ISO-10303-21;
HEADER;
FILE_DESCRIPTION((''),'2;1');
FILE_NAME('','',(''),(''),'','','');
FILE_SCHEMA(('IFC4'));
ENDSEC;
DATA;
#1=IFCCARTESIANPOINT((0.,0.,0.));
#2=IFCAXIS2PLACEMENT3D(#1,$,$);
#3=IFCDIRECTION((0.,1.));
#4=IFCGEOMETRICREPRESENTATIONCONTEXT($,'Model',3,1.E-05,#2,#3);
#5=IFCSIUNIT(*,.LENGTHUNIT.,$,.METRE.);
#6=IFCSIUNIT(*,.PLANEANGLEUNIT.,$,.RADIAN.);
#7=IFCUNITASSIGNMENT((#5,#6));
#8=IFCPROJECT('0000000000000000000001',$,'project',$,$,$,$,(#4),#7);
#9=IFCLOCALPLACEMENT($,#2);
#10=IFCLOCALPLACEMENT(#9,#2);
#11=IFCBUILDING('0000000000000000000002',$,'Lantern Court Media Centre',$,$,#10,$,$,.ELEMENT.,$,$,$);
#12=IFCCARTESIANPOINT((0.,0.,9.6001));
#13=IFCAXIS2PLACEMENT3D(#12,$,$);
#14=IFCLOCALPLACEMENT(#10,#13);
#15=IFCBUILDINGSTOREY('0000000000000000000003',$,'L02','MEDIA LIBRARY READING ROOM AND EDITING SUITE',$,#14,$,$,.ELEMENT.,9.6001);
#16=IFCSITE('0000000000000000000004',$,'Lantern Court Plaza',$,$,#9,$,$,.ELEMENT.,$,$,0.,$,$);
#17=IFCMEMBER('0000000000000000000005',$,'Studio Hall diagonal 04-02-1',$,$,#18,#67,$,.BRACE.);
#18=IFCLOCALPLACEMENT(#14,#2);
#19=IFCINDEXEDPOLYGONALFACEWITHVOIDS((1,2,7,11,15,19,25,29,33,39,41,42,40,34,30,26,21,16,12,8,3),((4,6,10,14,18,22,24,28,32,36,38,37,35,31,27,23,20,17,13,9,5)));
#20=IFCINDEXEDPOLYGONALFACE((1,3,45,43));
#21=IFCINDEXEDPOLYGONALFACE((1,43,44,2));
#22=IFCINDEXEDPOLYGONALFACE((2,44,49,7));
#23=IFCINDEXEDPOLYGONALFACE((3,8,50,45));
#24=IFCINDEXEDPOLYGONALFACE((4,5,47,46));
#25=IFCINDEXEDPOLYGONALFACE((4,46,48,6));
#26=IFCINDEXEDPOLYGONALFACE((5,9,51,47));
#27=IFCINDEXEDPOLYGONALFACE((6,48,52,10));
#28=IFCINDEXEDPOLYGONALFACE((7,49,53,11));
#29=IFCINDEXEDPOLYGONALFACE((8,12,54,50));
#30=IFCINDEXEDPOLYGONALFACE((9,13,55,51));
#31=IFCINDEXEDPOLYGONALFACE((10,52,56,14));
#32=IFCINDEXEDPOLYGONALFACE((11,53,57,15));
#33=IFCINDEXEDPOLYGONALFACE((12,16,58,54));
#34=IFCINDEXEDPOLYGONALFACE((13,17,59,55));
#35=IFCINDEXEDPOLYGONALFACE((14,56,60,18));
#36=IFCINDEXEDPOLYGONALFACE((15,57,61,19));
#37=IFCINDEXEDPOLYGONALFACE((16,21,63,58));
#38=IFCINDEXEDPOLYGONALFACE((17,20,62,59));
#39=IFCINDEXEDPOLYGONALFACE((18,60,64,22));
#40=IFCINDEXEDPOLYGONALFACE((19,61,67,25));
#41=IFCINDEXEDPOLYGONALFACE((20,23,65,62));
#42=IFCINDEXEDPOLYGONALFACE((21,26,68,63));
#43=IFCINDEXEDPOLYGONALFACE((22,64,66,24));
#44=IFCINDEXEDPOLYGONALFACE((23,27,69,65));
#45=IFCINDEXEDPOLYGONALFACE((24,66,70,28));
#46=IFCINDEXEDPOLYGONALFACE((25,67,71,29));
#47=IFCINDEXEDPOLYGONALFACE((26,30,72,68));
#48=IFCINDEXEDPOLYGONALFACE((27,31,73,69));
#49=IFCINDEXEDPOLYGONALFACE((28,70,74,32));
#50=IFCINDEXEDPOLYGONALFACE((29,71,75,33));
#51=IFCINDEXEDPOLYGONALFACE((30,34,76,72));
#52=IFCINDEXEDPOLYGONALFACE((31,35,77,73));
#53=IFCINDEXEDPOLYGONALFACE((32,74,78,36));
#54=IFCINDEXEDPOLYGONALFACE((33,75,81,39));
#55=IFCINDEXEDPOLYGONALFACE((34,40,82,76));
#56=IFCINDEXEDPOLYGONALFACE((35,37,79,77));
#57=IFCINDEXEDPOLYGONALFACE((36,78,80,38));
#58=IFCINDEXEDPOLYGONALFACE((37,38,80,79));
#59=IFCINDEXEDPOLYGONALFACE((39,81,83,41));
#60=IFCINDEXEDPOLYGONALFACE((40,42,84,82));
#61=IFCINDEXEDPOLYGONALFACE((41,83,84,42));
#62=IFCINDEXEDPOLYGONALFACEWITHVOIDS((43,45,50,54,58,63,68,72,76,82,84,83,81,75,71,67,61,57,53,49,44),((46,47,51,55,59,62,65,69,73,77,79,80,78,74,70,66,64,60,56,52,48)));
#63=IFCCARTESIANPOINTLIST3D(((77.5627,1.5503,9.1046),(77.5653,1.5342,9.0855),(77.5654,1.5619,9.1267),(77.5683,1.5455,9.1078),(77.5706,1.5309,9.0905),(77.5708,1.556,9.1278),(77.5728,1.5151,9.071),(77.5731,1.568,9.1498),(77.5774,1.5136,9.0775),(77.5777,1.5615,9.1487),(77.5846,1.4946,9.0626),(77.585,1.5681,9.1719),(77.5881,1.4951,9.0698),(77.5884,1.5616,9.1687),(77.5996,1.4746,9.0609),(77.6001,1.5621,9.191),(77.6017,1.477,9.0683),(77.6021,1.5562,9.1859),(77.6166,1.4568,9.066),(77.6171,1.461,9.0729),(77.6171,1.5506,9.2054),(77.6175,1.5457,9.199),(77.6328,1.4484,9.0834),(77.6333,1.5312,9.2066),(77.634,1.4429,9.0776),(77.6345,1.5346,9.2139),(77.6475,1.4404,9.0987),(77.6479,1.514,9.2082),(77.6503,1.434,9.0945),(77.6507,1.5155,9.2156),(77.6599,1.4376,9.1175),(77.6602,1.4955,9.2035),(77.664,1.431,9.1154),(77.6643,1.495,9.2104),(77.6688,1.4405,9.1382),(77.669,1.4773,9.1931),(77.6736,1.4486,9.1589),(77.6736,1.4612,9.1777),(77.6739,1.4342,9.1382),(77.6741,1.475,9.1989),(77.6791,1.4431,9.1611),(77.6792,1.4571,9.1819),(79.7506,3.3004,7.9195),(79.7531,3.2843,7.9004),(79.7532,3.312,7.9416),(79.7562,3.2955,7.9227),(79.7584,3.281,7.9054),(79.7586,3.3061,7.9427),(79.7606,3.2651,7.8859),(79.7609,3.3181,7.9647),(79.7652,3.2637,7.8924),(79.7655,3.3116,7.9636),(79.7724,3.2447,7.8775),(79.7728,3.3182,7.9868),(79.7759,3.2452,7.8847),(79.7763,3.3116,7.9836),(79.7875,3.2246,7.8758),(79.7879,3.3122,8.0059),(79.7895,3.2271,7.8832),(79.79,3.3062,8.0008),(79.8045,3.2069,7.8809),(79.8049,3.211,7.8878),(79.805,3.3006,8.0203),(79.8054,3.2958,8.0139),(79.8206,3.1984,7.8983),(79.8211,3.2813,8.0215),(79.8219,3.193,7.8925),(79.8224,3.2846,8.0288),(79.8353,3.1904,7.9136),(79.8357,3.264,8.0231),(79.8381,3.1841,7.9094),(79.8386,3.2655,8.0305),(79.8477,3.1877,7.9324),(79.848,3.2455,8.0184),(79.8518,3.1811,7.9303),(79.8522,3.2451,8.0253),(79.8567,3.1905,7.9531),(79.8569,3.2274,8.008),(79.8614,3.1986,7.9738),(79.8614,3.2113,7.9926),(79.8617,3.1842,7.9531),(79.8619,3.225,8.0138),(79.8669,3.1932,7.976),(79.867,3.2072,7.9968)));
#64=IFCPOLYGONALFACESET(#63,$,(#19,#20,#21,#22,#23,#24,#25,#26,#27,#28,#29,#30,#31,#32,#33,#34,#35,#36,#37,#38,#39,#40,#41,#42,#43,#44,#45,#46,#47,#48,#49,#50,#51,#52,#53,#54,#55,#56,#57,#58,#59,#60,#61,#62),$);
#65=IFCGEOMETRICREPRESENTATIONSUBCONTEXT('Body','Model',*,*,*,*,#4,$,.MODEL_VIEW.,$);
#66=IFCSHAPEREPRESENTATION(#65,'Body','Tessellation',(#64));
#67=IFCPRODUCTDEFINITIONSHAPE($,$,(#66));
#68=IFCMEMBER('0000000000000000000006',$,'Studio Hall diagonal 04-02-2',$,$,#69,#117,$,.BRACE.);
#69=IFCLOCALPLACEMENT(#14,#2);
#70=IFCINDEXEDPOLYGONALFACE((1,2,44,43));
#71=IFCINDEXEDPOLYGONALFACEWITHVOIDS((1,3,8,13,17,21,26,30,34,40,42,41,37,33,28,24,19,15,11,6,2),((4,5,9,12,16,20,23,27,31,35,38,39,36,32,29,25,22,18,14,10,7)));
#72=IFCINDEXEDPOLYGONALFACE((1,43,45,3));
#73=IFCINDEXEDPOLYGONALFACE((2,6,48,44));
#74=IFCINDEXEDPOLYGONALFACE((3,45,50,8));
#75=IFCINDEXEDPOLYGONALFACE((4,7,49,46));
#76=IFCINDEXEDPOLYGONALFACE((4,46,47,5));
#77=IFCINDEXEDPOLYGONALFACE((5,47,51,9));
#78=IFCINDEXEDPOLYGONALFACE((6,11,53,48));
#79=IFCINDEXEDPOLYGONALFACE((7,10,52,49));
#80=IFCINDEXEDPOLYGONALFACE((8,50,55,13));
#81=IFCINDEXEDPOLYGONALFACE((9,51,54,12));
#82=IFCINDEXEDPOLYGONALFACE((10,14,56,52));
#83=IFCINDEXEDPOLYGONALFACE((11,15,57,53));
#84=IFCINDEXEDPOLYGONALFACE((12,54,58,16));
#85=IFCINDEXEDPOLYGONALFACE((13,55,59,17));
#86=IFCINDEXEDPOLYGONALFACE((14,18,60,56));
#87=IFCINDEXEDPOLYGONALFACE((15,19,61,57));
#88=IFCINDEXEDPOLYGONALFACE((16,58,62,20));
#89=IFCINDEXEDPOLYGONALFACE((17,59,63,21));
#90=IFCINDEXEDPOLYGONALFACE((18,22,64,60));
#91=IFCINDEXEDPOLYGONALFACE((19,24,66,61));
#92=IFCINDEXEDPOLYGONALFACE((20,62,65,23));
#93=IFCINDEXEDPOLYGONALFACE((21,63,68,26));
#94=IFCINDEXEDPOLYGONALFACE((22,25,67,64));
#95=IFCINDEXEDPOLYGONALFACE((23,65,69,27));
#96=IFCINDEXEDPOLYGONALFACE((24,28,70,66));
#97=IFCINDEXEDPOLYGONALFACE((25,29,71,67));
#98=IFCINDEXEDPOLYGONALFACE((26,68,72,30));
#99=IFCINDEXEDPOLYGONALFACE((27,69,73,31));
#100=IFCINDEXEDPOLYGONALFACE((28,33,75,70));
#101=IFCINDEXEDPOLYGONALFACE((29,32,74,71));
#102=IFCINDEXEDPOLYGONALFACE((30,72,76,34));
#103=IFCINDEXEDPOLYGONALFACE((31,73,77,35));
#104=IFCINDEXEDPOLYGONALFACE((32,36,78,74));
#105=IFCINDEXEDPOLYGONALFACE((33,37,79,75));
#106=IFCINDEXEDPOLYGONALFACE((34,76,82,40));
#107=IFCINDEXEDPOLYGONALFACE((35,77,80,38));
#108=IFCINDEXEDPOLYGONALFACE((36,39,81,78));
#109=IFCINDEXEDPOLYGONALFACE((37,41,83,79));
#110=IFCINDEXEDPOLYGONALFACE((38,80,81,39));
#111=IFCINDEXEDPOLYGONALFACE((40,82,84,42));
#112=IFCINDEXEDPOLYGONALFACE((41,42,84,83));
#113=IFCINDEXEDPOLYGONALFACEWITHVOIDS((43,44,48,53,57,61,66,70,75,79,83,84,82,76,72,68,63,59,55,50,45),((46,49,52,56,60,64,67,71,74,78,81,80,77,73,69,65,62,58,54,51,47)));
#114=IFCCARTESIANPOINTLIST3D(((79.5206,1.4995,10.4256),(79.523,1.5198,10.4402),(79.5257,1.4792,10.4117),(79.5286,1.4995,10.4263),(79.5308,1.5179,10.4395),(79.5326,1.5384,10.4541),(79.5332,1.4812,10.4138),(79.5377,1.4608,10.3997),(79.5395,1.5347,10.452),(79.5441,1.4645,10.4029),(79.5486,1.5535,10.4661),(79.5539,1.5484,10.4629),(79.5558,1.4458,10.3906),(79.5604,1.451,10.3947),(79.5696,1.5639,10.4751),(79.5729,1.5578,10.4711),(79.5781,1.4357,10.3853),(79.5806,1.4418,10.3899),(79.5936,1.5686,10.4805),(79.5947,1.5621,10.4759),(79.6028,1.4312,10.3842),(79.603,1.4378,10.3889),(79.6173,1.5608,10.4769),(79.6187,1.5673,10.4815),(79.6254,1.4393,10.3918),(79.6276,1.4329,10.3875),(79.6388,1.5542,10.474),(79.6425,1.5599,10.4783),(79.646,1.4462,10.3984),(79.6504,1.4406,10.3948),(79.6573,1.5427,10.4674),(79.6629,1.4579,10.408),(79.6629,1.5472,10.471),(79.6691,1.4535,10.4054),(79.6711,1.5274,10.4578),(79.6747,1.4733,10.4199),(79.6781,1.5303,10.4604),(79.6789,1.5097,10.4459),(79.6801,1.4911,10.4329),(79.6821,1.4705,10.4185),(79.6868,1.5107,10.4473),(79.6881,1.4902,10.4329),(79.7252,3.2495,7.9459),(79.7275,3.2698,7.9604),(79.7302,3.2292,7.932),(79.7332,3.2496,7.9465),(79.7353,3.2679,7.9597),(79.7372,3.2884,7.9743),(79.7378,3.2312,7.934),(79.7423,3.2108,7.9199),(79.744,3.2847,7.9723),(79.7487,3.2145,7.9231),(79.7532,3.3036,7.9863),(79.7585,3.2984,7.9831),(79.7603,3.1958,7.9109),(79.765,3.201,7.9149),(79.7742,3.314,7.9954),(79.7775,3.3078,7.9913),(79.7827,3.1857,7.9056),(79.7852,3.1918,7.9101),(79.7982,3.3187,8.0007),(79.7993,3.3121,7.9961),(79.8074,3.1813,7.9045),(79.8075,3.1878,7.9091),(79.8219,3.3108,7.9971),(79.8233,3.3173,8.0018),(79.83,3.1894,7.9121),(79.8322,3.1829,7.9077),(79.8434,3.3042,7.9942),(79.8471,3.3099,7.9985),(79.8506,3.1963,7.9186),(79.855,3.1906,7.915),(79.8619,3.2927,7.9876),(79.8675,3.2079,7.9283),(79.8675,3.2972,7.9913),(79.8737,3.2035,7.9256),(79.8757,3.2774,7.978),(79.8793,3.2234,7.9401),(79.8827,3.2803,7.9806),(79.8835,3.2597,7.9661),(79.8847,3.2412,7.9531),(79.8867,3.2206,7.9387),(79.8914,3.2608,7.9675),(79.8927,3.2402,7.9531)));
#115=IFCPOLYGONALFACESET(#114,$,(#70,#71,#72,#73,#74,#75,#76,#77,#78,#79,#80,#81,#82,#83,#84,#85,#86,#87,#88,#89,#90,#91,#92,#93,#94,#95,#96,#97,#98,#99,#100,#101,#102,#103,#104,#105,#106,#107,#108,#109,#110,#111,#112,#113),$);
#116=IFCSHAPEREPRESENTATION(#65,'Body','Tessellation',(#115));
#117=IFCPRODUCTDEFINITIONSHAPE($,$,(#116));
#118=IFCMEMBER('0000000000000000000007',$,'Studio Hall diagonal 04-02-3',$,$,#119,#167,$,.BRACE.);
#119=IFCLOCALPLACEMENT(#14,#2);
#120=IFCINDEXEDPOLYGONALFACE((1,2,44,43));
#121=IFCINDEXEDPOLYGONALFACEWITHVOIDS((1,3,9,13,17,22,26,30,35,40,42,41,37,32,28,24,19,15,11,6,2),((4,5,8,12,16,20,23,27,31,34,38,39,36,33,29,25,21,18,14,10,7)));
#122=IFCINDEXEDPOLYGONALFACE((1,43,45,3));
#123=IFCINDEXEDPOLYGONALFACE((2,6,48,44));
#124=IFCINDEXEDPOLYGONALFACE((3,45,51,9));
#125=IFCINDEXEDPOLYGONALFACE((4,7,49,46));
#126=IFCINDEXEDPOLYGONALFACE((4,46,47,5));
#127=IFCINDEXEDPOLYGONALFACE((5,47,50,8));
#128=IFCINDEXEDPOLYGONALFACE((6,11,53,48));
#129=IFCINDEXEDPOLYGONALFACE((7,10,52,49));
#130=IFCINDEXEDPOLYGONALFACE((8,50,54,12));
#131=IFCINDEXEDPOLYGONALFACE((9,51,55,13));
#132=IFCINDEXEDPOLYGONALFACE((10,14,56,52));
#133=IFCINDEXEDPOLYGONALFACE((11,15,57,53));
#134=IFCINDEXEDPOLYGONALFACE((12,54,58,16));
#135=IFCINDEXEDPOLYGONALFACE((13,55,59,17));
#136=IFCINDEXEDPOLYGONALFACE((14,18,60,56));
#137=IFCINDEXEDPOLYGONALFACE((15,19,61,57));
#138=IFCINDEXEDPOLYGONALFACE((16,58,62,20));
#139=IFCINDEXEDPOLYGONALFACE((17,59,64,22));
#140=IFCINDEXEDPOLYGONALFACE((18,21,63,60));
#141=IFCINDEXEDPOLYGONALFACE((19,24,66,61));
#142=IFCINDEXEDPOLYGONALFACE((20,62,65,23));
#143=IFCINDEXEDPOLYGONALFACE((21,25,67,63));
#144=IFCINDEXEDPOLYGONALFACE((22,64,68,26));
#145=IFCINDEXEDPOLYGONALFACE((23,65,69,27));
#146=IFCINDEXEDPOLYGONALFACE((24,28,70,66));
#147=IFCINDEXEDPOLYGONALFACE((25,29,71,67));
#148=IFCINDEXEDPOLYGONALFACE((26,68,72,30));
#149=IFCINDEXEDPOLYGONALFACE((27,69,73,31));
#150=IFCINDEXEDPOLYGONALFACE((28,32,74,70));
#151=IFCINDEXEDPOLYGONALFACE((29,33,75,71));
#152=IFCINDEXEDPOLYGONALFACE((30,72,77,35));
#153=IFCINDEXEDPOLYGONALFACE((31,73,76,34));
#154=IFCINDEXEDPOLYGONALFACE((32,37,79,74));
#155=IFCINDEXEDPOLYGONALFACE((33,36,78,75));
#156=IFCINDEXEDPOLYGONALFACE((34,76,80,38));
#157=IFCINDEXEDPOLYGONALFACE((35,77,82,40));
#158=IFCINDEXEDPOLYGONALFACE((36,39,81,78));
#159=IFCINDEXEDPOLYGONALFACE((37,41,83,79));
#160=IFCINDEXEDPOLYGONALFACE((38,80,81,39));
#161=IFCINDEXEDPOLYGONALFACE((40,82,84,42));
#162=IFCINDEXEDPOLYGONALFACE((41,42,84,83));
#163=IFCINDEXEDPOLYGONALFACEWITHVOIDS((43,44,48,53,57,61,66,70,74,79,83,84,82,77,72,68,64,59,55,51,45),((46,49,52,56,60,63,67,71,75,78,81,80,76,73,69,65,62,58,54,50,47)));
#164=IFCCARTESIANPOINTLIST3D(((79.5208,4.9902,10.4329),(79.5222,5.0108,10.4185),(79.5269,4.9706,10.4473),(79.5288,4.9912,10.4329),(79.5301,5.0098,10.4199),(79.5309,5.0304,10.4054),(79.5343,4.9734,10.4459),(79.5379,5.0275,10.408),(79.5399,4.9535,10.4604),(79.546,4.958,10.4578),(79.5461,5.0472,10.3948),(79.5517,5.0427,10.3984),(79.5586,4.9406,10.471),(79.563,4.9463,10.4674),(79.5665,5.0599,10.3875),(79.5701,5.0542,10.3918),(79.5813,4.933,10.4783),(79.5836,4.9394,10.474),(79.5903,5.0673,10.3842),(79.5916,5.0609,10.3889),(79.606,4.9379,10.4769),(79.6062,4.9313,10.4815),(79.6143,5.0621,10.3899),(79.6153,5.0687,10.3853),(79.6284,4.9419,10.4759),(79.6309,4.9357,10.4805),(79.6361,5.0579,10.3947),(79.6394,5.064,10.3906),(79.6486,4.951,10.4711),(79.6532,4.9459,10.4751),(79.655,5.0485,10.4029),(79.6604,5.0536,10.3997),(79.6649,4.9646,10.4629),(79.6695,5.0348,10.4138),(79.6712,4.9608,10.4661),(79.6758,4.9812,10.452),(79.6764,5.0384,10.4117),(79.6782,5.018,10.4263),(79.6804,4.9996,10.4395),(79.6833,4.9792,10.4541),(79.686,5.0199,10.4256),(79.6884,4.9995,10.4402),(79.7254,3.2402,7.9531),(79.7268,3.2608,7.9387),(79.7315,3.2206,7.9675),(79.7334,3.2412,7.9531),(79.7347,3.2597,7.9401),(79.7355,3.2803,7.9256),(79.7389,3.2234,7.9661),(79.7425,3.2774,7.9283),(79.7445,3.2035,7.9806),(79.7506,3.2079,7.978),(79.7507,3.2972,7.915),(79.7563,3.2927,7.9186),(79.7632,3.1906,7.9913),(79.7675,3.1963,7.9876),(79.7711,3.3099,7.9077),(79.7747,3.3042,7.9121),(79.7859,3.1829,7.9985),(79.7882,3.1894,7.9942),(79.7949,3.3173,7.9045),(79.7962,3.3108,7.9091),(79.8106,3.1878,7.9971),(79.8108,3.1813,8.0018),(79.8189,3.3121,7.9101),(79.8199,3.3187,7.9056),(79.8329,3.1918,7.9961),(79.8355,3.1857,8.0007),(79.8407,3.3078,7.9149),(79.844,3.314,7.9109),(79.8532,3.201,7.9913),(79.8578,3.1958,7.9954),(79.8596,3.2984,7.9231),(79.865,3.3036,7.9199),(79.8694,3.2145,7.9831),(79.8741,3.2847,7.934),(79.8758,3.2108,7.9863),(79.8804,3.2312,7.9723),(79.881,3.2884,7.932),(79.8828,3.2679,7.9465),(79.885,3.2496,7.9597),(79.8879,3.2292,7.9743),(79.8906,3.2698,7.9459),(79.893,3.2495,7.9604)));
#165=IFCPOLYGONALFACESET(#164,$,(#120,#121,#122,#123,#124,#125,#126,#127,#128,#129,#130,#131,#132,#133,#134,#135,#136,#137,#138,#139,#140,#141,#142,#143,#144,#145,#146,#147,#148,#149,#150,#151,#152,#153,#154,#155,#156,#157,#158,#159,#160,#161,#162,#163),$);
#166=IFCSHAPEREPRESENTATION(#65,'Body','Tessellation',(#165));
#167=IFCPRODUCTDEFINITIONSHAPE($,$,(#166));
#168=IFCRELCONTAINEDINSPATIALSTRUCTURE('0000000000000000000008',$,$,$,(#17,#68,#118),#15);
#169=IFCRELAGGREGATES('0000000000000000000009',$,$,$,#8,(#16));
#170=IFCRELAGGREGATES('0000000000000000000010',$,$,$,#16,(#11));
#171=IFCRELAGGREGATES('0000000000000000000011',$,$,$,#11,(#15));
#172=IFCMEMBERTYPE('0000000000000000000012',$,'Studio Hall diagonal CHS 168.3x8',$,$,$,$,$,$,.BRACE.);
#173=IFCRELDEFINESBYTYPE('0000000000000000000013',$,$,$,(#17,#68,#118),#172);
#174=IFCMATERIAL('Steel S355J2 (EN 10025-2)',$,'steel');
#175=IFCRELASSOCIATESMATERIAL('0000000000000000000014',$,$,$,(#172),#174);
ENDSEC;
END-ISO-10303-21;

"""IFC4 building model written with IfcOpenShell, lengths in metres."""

from ifc_helpers import new_model, si_unit, direction, frame, origin, origin_2d, place, context, subcontext, project, spatial, hollow_circle, extrude, material, material_profile, profile_set, type_object, element, save


model = new_model("IFC4")

# Units and contexts
model_context = context("Model", 3, precision=1e-05, world=origin(), true_north=direction((0.0, 1.0)))
body_context = subcontext(model_context, "Body", "Model", "MODEL_VIEW")
ifc_project = project(units=[si_unit("LENGTHUNIT", "METRE"), si_unit("PLANEANGLEUNIT", "RADIAN")], contexts=[model_context])

# Site, building, storey
site_placement = place(None, origin())
site = spatial("IfcSite", under=ifc_project, at=site_placement, Name="Lantern Court Plaza", CompositionType="ELEMENT", RefElevation=0.0)
building_placement = place(site_placement, origin())
building = spatial("IfcBuilding", under=site, at=building_placement, Name="Lantern Court Media Centre", CompositionType="ELEMENT")
storey_placement = place(building_placement, frame((0.0, 0.0, 9.6001)))
storey = spatial("IfcBuildingStorey", under=building, at=storey_placement, Name="L02", Description="MEDIA LIBRARY READING ROOM AND EDITING SUITE", CompositionType="ELEMENT", Elevation=9.6001)

# Members
ifc_material = material(Name="Steel S355J2 (EN 10025-2)", Category="steel")
ifc_material_profile_1 = material_profile(ifc_material, hollow_circle(Radius=0.0842, WallThickness=0.0081, at=origin_2d()), Name="Studio Hall diagonal CHS 168.3x8")
ifc_profile_set_1 = profile_set([ifc_material_profile_1], Name="Steel S355J2 (EN 10025-2)")
member_type_1 = type_object("IfcMemberType", Name="Studio Hall diagonal CHS 168.3x8", PredefinedType="BRACE", material=ifc_profile_set_1)
for number, where, z_axis, x_axis, name in (
    (1, (79.8091, 3.25, 7.9531), (-0.719206, -0.5753, 0.38958), (0.624653, -0.780903, 0.0), "Studio Hall diagonal 04-02-1"),
    (2, (79.8091, 3.25, 7.9531), (-0.067256, -0.575289, 0.81518), (0.993235, -0.116118, 0.0), "Studio Hall diagonal 04-02-2"),
    (3, (79.8091, 3.25, 7.9531), (-0.067256, 0.575289, 0.81518), (-0.993235, -0.116118, 0.0), "Studio Hall diagonal 04-02-3"),
):
    element("IfcMember", number, at=place(storey_placement, frame(where, z_axis=z_axis, x_axis=x_axis)), inside=storey, type_object=member_type_1, Name=name, PredefinedType="BRACE", context=body_context, shape_type="SweptSolid", body=[
        extrude(hollow_circle(Radius=0.0842, WallThickness=0.0081, at=origin_2d()), origin(), (0.0, 0.0, 1.0), 3.042),
    ])

save(model, "model.ifc")
